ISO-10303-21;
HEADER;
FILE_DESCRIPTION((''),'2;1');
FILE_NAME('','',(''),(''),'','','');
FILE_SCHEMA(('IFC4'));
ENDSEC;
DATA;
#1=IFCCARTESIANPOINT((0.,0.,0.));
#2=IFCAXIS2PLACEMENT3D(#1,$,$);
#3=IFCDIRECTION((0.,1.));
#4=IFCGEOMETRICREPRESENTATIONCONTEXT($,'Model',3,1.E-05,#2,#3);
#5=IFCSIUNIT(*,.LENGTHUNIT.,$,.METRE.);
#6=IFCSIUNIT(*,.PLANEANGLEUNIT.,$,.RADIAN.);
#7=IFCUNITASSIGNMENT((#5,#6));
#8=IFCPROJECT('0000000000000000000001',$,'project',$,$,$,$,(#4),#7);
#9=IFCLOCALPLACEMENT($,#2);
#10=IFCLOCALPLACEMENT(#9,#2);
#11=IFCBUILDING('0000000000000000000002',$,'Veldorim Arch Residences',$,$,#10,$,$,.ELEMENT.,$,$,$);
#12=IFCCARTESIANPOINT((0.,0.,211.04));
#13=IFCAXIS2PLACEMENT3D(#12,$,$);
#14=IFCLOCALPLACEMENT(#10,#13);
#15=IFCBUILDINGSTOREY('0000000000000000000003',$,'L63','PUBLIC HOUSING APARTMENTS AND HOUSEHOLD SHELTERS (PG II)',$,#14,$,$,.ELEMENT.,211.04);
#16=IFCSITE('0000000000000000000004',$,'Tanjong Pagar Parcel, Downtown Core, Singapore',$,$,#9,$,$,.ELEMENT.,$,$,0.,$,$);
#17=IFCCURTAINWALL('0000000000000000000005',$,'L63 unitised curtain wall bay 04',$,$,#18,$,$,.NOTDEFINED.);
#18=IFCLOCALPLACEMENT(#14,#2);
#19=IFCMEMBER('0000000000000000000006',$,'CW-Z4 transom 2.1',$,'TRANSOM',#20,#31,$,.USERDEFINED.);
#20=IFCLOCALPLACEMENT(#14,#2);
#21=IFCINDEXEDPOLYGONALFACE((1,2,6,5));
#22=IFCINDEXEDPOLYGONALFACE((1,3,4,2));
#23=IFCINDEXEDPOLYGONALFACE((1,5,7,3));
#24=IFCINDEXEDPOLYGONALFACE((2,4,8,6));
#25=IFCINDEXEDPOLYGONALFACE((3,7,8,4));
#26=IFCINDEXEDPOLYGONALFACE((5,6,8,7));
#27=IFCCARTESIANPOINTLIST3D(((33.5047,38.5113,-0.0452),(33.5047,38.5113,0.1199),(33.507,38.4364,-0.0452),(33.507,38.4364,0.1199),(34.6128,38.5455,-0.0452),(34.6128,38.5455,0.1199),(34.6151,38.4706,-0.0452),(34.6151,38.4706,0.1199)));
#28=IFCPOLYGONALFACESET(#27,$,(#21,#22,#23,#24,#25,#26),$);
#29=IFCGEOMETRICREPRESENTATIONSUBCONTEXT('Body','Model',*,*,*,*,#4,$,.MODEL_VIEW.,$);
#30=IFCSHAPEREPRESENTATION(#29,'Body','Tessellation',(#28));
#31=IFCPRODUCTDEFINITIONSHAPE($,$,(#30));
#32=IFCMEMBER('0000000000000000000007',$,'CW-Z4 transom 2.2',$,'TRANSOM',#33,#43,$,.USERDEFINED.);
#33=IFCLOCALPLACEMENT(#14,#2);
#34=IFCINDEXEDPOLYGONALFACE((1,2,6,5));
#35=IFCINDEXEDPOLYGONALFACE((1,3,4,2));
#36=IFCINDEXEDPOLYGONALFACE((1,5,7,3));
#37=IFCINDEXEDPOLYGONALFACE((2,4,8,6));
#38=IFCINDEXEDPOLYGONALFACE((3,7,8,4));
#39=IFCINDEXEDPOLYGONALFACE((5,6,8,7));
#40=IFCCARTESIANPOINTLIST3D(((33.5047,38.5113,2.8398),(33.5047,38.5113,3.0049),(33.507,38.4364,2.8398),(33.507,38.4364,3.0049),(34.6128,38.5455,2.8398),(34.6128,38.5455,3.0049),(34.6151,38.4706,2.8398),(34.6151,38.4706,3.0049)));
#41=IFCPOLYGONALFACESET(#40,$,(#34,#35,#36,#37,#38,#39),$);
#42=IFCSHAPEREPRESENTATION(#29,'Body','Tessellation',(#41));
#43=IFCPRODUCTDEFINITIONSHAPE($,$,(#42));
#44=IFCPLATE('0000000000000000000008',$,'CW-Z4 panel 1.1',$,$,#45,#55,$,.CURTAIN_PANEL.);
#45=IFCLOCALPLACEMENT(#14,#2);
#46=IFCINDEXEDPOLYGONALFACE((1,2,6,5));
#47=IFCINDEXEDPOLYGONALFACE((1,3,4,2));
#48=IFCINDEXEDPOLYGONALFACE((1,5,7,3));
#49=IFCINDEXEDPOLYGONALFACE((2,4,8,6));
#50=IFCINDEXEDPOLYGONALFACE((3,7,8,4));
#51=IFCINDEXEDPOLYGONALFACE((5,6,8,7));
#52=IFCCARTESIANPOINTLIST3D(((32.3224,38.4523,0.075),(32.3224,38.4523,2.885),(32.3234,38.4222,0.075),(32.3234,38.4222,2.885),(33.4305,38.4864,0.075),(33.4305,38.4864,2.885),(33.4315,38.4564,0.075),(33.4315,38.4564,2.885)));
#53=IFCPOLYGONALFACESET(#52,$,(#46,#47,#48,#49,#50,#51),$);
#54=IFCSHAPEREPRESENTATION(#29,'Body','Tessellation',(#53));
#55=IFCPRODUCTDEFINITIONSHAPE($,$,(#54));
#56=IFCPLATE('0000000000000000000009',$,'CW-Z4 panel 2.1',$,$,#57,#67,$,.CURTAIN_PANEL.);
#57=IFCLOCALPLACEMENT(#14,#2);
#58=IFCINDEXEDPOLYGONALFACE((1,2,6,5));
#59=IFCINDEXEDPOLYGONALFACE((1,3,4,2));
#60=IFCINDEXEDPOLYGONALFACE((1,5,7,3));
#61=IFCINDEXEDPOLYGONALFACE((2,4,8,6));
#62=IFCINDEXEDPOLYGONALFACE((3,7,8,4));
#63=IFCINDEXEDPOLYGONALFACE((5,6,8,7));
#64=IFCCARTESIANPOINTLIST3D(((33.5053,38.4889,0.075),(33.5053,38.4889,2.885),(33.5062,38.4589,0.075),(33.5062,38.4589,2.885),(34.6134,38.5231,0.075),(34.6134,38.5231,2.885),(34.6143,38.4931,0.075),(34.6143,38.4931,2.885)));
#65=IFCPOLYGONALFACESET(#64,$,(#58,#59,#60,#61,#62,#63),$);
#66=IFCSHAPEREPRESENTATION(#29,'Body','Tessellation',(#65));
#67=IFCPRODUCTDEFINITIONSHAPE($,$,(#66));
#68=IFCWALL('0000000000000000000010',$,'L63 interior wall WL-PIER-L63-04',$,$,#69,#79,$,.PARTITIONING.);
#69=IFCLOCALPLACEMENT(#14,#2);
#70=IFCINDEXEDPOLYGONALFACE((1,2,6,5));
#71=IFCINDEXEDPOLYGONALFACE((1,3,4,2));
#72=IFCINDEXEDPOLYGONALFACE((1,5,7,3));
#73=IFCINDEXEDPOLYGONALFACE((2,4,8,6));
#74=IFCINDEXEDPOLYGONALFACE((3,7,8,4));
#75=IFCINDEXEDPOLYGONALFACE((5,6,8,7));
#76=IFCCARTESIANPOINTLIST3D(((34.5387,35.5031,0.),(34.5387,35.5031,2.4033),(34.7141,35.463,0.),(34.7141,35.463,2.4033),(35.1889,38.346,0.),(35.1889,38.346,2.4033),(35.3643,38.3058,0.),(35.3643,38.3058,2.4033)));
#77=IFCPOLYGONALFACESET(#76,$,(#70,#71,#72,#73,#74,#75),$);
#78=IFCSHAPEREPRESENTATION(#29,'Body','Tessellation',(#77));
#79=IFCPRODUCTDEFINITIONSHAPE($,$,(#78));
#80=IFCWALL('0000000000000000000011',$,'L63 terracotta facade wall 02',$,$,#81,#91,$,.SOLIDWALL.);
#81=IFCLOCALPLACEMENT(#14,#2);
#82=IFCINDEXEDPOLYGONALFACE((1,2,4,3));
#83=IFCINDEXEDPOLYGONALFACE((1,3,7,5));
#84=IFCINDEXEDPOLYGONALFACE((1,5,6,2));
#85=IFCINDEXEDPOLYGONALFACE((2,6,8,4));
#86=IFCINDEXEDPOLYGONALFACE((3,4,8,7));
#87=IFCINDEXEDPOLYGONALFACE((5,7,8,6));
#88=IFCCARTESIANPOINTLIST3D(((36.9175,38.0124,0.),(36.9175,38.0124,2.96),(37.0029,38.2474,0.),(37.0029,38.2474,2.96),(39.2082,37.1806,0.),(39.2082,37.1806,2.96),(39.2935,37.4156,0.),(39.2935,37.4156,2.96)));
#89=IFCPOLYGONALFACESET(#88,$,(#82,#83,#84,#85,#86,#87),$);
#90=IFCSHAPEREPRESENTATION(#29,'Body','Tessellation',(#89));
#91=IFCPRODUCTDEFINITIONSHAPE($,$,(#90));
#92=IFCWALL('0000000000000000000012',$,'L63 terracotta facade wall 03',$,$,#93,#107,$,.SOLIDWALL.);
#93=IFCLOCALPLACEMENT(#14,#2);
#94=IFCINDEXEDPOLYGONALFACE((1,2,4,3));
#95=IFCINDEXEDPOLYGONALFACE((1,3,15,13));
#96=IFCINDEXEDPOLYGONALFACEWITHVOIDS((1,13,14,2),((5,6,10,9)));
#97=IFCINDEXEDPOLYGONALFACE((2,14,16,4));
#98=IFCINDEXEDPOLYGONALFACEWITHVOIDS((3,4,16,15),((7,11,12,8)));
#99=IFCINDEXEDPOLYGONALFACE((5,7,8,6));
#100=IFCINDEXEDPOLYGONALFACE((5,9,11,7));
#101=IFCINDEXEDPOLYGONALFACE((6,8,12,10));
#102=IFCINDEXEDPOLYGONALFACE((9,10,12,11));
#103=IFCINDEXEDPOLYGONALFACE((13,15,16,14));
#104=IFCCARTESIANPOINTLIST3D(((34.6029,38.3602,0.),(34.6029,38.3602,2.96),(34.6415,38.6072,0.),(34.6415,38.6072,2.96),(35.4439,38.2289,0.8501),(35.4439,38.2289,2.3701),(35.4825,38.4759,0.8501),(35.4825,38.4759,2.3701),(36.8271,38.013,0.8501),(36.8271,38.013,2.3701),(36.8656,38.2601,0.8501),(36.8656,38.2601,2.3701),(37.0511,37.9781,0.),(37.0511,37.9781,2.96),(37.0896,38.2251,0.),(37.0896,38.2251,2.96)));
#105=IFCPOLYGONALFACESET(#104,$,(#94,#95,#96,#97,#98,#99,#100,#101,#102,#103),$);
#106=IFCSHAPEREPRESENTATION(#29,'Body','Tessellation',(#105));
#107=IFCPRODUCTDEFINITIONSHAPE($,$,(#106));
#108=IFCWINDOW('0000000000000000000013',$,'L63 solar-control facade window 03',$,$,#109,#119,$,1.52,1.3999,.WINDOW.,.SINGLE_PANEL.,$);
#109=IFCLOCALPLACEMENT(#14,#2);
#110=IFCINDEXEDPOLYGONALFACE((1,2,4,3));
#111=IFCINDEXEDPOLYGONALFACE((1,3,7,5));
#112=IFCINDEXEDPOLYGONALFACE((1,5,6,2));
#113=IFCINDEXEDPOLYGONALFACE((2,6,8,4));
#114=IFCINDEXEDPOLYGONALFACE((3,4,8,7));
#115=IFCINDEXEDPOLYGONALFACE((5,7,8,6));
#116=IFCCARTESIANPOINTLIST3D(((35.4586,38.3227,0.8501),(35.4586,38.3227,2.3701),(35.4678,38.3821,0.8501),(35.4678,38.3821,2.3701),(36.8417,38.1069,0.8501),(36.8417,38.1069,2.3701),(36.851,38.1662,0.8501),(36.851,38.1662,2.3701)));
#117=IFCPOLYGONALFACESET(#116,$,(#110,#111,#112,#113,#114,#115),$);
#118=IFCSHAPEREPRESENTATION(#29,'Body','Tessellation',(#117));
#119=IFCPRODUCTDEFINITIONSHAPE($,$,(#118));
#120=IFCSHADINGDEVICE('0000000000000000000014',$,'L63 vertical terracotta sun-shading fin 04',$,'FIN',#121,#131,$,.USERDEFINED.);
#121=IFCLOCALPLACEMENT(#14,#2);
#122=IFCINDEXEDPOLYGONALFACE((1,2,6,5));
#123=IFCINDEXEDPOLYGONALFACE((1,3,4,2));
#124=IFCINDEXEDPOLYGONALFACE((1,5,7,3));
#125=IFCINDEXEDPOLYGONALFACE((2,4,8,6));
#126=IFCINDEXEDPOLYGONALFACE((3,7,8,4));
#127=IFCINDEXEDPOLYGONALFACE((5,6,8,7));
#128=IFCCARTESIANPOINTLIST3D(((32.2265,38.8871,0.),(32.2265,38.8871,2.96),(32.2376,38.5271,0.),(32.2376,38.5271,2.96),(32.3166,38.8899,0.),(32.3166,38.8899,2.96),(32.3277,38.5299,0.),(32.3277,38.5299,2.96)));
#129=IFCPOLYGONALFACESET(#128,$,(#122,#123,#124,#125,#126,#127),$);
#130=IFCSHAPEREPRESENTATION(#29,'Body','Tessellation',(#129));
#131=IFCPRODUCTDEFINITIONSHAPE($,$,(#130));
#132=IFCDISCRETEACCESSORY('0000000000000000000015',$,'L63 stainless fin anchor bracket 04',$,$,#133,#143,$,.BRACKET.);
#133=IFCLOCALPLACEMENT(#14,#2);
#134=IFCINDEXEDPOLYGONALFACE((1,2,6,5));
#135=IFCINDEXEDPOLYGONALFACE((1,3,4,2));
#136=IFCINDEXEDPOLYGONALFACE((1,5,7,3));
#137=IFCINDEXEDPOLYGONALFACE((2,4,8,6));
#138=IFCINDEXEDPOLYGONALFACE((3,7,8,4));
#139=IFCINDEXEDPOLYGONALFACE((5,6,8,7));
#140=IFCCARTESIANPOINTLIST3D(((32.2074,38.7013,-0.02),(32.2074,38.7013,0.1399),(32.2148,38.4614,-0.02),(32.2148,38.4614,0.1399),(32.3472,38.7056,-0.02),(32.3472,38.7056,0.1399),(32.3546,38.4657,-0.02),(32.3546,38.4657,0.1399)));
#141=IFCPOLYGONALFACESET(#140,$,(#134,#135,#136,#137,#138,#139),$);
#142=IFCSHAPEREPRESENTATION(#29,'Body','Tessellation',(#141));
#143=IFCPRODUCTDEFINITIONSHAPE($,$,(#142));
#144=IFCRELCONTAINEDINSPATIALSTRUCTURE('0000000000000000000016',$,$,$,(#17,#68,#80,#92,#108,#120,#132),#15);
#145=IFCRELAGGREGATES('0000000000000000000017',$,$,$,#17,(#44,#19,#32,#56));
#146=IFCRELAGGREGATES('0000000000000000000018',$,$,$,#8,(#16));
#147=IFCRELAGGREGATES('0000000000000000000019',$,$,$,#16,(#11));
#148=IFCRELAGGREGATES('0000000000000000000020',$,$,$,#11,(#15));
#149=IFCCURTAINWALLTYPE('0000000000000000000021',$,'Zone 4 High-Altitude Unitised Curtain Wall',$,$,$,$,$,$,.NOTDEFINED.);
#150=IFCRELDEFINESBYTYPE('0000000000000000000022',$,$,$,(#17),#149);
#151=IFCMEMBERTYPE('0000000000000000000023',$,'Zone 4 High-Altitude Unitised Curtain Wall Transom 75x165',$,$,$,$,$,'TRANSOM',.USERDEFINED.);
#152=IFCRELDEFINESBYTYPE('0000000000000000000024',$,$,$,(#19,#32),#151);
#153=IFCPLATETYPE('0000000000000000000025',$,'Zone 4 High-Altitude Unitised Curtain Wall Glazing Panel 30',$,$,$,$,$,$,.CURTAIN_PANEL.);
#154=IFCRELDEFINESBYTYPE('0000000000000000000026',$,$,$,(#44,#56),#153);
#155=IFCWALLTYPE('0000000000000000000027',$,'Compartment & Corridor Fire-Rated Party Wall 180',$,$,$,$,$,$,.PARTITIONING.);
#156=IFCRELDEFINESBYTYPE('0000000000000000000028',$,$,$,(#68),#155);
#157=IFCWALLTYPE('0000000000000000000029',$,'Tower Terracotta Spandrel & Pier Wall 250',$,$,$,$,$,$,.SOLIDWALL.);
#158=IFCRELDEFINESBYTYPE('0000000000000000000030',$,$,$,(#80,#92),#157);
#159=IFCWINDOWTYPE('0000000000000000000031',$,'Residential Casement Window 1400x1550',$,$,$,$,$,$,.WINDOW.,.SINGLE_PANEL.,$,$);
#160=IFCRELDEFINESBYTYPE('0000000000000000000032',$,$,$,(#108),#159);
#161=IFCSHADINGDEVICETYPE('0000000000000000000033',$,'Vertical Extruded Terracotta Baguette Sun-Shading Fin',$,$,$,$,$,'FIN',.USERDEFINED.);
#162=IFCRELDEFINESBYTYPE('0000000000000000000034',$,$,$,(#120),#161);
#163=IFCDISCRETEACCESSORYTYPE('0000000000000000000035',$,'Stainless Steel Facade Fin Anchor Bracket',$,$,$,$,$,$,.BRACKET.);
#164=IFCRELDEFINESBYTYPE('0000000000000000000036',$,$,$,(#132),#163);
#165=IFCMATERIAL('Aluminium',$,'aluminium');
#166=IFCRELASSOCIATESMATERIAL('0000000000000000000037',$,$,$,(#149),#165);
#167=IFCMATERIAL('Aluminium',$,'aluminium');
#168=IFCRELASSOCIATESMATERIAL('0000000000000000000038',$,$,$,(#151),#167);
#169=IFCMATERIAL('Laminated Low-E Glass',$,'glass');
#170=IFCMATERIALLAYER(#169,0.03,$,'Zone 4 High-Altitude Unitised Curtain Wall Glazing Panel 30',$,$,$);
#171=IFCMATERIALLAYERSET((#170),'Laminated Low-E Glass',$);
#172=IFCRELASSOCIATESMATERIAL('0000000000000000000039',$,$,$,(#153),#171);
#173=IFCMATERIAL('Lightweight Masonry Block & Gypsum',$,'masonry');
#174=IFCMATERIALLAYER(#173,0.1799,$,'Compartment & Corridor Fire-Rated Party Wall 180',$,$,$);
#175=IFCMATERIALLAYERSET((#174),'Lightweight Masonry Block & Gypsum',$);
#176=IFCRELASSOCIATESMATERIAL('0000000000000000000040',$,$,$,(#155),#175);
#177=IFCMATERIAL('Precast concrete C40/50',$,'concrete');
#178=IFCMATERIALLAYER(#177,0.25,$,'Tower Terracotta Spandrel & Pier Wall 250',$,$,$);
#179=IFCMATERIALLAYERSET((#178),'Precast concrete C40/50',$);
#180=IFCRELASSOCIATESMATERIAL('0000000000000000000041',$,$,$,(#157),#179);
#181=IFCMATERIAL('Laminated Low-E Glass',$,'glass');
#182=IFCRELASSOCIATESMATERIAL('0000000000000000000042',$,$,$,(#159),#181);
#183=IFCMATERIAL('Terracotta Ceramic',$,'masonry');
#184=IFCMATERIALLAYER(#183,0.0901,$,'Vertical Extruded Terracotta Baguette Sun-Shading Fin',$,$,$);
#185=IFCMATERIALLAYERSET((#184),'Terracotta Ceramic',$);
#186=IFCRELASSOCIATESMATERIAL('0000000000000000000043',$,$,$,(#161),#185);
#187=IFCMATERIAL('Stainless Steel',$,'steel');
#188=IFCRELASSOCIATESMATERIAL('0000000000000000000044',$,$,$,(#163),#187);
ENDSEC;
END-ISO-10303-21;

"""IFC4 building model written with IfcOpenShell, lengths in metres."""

from ifc_helpers import new_model, si_unit, direction, frame, frame_2d, origin, origin_2d, place, context, subcontext, project, spatial, rectangle, extrude, material, layer, layer_set, material_profile, profile_set, type_object, element, fill, aggregate, save


model = new_model("IFC4")

# Units and contexts
model_context = context("Model", 3, precision=1e-05, world=origin(), true_north=direction((0.0, 1.0)))
body_context = subcontext(model_context, "Body", "Model", "MODEL_VIEW")
ifc_project = project(units=[si_unit("LENGTHUNIT", "METRE"), si_unit("PLANEANGLEUNIT", "RADIAN")], contexts=[model_context])

# Site, building, storey
site_placement = place(None, origin())
site = spatial("IfcSite", under=ifc_project, at=site_placement, Name="Tanjong Pagar Parcel, Downtown Core, Singapore", CompositionType="ELEMENT", RefElevation=0.0)
building_placement = place(site_placement, origin())
building = spatial("IfcBuilding", under=site, at=building_placement, Name="Veldorim Arch Residences", CompositionType="ELEMENT")
storey_placement = place(building_placement, frame((0.0, 0.0, 211.04)))
storey = spatial("IfcBuildingStorey", under=building, at=storey_placement, Name="L63", Description="PUBLIC HOUSING APARTMENTS AND HOUSEHOLD SHELTERS (PG II)", CompositionType="ELEMENT", Elevation=211.04)

# Shared definitions
ifc_material_1 = material(Name="Aluminium", Category="aluminium")
curtain_wall_type = type_object("IfcCurtainWallType", Name="Zone 4 High-Altitude Unitised Curtain Wall", PredefinedType="NOTDEFINED", material=ifc_material_1)

# Curtain wall, members, plates
curtain_wall_1_placement = place(storey_placement, origin())
curtain_wall_1 = element("IfcCurtainWall", 1, at=curtain_wall_1_placement, inside=storey, type_object=curtain_wall_type, Name="L63 unitised curtain wall bay 04", PredefinedType="NOTDEFINED")
ifc_material_2 = material(Name="Aluminium", Category="aluminium")
ifc_material_profile_1 = material_profile(ifc_material_2, rectangle(XDim=0.075, YDim=0.165, at=origin_2d()), Name="ALU_TRN_75x165")
ifc_profile_set_1 = profile_set([ifc_material_profile_1], Name="Aluminium")
member_type_1 = type_object("IfcMemberType", Name="Zone 4 High-Altitude Unitised Curtain Wall Transom 75x165", ElementType="TRANSOM", PredefinedType="USERDEFINED", material=ifc_profile_set_1)
member_1_placement = place(storey_placement, frame((33.5059, 38.4739, 0.0374), z_axis=(0.999525, 0.030829, 0.0), x_axis=(-0.030829, 0.999525, 0.0)))
member_1 = element("IfcMember", 2, at=member_1_placement, type_object=member_type_1, Name="CW-Z4 transom 2.1", ObjectType="TRANSOM", PredefinedType="USERDEFINED", context=body_context, shape_type="SweptSolid", body=[
    extrude(rectangle(XDim=0.075, YDim=0.165, at=origin_2d()), origin(), (0.0, 0.0, 1.0), 1.1086),
])
member_2_placement = place(storey_placement, frame((33.5059, 38.4739, 2.9224), z_axis=(0.999525, 0.030829, 0.0), x_axis=(-0.030829, 0.999525, 0.0)))
member_2 = element("IfcMember", 3, at=member_2_placement, type_object=member_type_1, Name="CW-Z4 transom 2.2", ObjectType="TRANSOM", PredefinedType="USERDEFINED", context=body_context, shape_type="SweptSolid", body=[
    extrude(rectangle(XDim=0.075, YDim=0.165, at=origin_2d()), origin(), (0.0, 0.0, 1.0), 1.1086),
])
ifc_material_3 = material(Name="Laminated Low-E Glass", Category="glass")
ifc_layer_1 = layer(ifc_material_3, 0.03, Name="Zone 4 High-Altitude Unitised Curtain Wall Glazing Panel 30")
ifc_layer_set_1 = layer_set([ifc_layer_1], Name="Laminated Low-E Glass")
plate_type = type_object("IfcPlateType", Name="Zone 4 High-Altitude Unitised Curtain Wall Glazing Panel 30", PredefinedType="CURTAIN_PANEL", material=ifc_layer_set_1)
plate_1_placement = place(storey_placement, frame((32.877, 38.4543, 0.075), z_axis=(0.0, 0.0, 1.0), x_axis=(0.999525, 0.030835, 0.0)))
plate_1 = element("IfcPlate", 4, at=plate_1_placement, type_object=plate_type, Name="CW-Z4 panel 1.1", PredefinedType="CURTAIN_PANEL", context=body_context, shape_type="SweptSolid", body=[
    extrude(rectangle(XDim=1.1086, YDim=0.03, at=origin_2d()), origin(), (0.0, 0.0, 1.0), 2.8101),
])
plate_2_placement = place(storey_placement, frame((34.0598, 38.491, 0.075), z_axis=(0.0, 0.0, 1.0), x_axis=(0.999525, 0.030835, 0.0)))
plate_2 = element("IfcPlate", 5, at=plate_2_placement, type_object=plate_type, Name="CW-Z4 panel 2.1", PredefinedType="CURTAIN_PANEL", context=body_context, shape_type="SweptSolid", body=[
    extrude(rectangle(XDim=1.1086, YDim=0.03, at=origin_2d()), origin(), (0.0, 0.0, 1.0), 2.8101),
])
aggregate(curtain_wall_1, [plate_1, member_1, member_2, plate_2])

# Walls
ifc_material_4 = material(Name="Lightweight Masonry Block & Gypsum", Category="masonry")
ifc_layer_2 = layer(ifc_material_4, 0.1799, Name="Compartment & Corridor Fire-Rated Party Wall 180")
ifc_layer_set_2 = layer_set([ifc_layer_2], Name="Lightweight Masonry Block & Gypsum")
wall_type_1 = type_object("IfcWallType", Name="Compartment & Corridor Fire-Rated Party Wall 180", PredefinedType="PARTITIONING", material=ifc_layer_set_2)
wall_1_placement = place(storey_placement, frame((34.6265, 35.4832, 0.0), z_axis=(0.0, 0.0, 1.0), x_axis=(0.222945, 0.974831, 0.0)))
element("IfcWall", 6, at=wall_1_placement, inside=storey, type_object=wall_type_1, Name="L63 interior wall WL-PIER-L63-04", PredefinedType="PARTITIONING", context=body_context, shape_type="SweptSolid", body=[
    extrude(rectangle(XDim=2.9163, YDim=0.1799, at=frame_2d((1.458, 0.0))), origin(), (0.0, 0.0, 1.0), 2.4033),
])
ifc_material_5 = material(Name="Precast concrete C40/50", Category="concrete")
ifc_layer_3 = layer(ifc_material_5, 0.25, Name="Tower Terracotta Spandrel & Pier Wall 250")
ifc_layer_set_3 = layer_set([ifc_layer_3], Name="Precast concrete C40/50")
wall_type_2 = type_object("IfcWallType", Name="Tower Terracotta Spandrel & Pier Wall 250", PredefinedType="SOLIDWALL", material=ifc_layer_set_3)
wall_2_placement = place(storey_placement, frame((36.9602, 38.1299, 0.0), z_axis=(0.0, 0.0, 1.0), x_axis=(0.939954, -0.341301, 0.0)))
element("IfcWall", 7, at=wall_2_placement, inside=storey, type_object=wall_type_2, Name="L63 terracotta facade wall 02", PredefinedType="SOLIDWALL", context=body_context, shape_type="SweptSolid", body=[
    extrude(rectangle(XDim=2.437, YDim=0.25, at=frame_2d((1.2185, 0.0))), origin(), (0.0, 0.0, 1.0), 2.96),
])

# Wall, opening, window
wall_3_placement = place(storey_placement, frame((34.6223, 38.4836, 0.0), z_axis=(0.0, 0.0, 1.0), x_axis=(0.98804, -0.154197, 0.0)))
wall_3 = element("IfcWall", 8, at=wall_3_placement, inside=storey, type_object=wall_type_2, Name="L63 terracotta facade wall 03", PredefinedType="SOLIDWALL", context=body_context, shape_type="SweptSolid", body=[
    extrude(rectangle(XDim=2.4778, YDim=0.25, at=frame_2d((1.2388, 0.0))), origin(), (0.0, 0.0, 1.0), 2.96),
])
opening_placement = place(wall_3_placement, frame((0.8511, 0.0, 0.8501)))
opening = element("IfcOpeningElement", 9, at=opening_placement, cuts=wall_3, PredefinedType="OPENING", context=body_context, shape_type="SweptSolid", body=[
    extrude(rectangle(XDim=1.3999, YDim=1.52, at=frame_2d((0.7, 0.76))), frame((0.0, 0.135, 0.0), z_axis=(0.0, -1.0, 0.0), x_axis=(1.0, 0.0, 0.0)), (0.0, 0.0, 1.0), 0.27),
])
ifc_material_6 = material(Name="Laminated Low-E Glass", Category="glass")
window_type = type_object("IfcWindowType", Name="Residential Casement Window 1400x1550", PartitioningType="SINGLE_PANEL", PredefinedType="WINDOW", material=ifc_material_6)
window_placement = place(opening_placement, origin())
window = element("IfcWindow", 10, at=window_placement, inside=storey, type_object=window_type, Name="L63 solar-control facade window 03", OverallHeight=1.52, OverallWidth=1.3999, PartitioningType="SINGLE_PANEL", PredefinedType="WINDOW", context=body_context, shape_type="SweptSolid", body=[
    extrude(rectangle(XDim=1.3999, YDim=1.52, at=frame_2d((0.7, 0.76))), frame((0.0, 0.03, 0.0), z_axis=(0.0, -1.0, 0.0), x_axis=(1.0, 0.0, 0.0)), (0.0, 0.0, 1.0), 0.0601),
])
fill(opening, window)

# Shading device
ifc_material_7 = material(Name="Terracotta Ceramic", Category="masonry")
ifc_layer_4 = layer(ifc_material_7, 0.0901, Name="Vertical Extruded Terracotta Baguette Sun-Shading Fin")
ifc_layer_set_4 = layer_set([ifc_layer_4], Name="Terracotta Ceramic")
shading_device_type = type_object("IfcShadingDeviceType", Name="Vertical Extruded Terracotta Baguette Sun-Shading Fin", ElementType="FIN", PredefinedType="USERDEFINED", material=ifc_layer_set_4)
shading_device_placement = place(storey_placement, frame((32.2771, 38.7085, 0.0), z_axis=(0.0, 0.0, 1.0), x_axis=(0.999523, 0.030887, 0.0)))
element("IfcShadingDevice", 11, at=shading_device_placement, inside=storey, type_object=shading_device_type, Name="L63 vertical terracotta sun-shading fin 04", ObjectType="FIN", PredefinedType="USERDEFINED", context=body_context, shape_type="SweptSolid", body=[
    extrude(rectangle(XDim=0.0901, YDim=0.3601, at=origin_2d()), origin(), (0.0, 0.0, 1.0), 2.96),
])

# Discrete accessory
ifc_material_8 = material(Name="Stainless Steel", Category="steel")
discrete_accessory_type = type_object("IfcDiscreteAccessoryType", Name="Stainless Steel Facade Fin Anchor Bracket", PredefinedType="BRACKET", material=ifc_material_8)
discrete_accessory_placement = place(storey_placement, frame((32.281, 38.5835, -0.02), z_axis=(0.0, 0.0, 1.0), x_axis=(0.999523, 0.030887, 0.0)))
element("IfcDiscreteAccessory", 12, at=discrete_accessory_placement, inside=storey, type_object=discrete_accessory_type, Name="L63 stainless fin anchor bracket 04", PredefinedType="BRACKET", context=body_context, shape_type="SweptSolid", body=[
    extrude(rectangle(XDim=0.1399, YDim=0.24, at=origin_2d()), origin(), (0.0, 0.0, 1.0), 0.1599),
])

save(model, "model.ifc")
